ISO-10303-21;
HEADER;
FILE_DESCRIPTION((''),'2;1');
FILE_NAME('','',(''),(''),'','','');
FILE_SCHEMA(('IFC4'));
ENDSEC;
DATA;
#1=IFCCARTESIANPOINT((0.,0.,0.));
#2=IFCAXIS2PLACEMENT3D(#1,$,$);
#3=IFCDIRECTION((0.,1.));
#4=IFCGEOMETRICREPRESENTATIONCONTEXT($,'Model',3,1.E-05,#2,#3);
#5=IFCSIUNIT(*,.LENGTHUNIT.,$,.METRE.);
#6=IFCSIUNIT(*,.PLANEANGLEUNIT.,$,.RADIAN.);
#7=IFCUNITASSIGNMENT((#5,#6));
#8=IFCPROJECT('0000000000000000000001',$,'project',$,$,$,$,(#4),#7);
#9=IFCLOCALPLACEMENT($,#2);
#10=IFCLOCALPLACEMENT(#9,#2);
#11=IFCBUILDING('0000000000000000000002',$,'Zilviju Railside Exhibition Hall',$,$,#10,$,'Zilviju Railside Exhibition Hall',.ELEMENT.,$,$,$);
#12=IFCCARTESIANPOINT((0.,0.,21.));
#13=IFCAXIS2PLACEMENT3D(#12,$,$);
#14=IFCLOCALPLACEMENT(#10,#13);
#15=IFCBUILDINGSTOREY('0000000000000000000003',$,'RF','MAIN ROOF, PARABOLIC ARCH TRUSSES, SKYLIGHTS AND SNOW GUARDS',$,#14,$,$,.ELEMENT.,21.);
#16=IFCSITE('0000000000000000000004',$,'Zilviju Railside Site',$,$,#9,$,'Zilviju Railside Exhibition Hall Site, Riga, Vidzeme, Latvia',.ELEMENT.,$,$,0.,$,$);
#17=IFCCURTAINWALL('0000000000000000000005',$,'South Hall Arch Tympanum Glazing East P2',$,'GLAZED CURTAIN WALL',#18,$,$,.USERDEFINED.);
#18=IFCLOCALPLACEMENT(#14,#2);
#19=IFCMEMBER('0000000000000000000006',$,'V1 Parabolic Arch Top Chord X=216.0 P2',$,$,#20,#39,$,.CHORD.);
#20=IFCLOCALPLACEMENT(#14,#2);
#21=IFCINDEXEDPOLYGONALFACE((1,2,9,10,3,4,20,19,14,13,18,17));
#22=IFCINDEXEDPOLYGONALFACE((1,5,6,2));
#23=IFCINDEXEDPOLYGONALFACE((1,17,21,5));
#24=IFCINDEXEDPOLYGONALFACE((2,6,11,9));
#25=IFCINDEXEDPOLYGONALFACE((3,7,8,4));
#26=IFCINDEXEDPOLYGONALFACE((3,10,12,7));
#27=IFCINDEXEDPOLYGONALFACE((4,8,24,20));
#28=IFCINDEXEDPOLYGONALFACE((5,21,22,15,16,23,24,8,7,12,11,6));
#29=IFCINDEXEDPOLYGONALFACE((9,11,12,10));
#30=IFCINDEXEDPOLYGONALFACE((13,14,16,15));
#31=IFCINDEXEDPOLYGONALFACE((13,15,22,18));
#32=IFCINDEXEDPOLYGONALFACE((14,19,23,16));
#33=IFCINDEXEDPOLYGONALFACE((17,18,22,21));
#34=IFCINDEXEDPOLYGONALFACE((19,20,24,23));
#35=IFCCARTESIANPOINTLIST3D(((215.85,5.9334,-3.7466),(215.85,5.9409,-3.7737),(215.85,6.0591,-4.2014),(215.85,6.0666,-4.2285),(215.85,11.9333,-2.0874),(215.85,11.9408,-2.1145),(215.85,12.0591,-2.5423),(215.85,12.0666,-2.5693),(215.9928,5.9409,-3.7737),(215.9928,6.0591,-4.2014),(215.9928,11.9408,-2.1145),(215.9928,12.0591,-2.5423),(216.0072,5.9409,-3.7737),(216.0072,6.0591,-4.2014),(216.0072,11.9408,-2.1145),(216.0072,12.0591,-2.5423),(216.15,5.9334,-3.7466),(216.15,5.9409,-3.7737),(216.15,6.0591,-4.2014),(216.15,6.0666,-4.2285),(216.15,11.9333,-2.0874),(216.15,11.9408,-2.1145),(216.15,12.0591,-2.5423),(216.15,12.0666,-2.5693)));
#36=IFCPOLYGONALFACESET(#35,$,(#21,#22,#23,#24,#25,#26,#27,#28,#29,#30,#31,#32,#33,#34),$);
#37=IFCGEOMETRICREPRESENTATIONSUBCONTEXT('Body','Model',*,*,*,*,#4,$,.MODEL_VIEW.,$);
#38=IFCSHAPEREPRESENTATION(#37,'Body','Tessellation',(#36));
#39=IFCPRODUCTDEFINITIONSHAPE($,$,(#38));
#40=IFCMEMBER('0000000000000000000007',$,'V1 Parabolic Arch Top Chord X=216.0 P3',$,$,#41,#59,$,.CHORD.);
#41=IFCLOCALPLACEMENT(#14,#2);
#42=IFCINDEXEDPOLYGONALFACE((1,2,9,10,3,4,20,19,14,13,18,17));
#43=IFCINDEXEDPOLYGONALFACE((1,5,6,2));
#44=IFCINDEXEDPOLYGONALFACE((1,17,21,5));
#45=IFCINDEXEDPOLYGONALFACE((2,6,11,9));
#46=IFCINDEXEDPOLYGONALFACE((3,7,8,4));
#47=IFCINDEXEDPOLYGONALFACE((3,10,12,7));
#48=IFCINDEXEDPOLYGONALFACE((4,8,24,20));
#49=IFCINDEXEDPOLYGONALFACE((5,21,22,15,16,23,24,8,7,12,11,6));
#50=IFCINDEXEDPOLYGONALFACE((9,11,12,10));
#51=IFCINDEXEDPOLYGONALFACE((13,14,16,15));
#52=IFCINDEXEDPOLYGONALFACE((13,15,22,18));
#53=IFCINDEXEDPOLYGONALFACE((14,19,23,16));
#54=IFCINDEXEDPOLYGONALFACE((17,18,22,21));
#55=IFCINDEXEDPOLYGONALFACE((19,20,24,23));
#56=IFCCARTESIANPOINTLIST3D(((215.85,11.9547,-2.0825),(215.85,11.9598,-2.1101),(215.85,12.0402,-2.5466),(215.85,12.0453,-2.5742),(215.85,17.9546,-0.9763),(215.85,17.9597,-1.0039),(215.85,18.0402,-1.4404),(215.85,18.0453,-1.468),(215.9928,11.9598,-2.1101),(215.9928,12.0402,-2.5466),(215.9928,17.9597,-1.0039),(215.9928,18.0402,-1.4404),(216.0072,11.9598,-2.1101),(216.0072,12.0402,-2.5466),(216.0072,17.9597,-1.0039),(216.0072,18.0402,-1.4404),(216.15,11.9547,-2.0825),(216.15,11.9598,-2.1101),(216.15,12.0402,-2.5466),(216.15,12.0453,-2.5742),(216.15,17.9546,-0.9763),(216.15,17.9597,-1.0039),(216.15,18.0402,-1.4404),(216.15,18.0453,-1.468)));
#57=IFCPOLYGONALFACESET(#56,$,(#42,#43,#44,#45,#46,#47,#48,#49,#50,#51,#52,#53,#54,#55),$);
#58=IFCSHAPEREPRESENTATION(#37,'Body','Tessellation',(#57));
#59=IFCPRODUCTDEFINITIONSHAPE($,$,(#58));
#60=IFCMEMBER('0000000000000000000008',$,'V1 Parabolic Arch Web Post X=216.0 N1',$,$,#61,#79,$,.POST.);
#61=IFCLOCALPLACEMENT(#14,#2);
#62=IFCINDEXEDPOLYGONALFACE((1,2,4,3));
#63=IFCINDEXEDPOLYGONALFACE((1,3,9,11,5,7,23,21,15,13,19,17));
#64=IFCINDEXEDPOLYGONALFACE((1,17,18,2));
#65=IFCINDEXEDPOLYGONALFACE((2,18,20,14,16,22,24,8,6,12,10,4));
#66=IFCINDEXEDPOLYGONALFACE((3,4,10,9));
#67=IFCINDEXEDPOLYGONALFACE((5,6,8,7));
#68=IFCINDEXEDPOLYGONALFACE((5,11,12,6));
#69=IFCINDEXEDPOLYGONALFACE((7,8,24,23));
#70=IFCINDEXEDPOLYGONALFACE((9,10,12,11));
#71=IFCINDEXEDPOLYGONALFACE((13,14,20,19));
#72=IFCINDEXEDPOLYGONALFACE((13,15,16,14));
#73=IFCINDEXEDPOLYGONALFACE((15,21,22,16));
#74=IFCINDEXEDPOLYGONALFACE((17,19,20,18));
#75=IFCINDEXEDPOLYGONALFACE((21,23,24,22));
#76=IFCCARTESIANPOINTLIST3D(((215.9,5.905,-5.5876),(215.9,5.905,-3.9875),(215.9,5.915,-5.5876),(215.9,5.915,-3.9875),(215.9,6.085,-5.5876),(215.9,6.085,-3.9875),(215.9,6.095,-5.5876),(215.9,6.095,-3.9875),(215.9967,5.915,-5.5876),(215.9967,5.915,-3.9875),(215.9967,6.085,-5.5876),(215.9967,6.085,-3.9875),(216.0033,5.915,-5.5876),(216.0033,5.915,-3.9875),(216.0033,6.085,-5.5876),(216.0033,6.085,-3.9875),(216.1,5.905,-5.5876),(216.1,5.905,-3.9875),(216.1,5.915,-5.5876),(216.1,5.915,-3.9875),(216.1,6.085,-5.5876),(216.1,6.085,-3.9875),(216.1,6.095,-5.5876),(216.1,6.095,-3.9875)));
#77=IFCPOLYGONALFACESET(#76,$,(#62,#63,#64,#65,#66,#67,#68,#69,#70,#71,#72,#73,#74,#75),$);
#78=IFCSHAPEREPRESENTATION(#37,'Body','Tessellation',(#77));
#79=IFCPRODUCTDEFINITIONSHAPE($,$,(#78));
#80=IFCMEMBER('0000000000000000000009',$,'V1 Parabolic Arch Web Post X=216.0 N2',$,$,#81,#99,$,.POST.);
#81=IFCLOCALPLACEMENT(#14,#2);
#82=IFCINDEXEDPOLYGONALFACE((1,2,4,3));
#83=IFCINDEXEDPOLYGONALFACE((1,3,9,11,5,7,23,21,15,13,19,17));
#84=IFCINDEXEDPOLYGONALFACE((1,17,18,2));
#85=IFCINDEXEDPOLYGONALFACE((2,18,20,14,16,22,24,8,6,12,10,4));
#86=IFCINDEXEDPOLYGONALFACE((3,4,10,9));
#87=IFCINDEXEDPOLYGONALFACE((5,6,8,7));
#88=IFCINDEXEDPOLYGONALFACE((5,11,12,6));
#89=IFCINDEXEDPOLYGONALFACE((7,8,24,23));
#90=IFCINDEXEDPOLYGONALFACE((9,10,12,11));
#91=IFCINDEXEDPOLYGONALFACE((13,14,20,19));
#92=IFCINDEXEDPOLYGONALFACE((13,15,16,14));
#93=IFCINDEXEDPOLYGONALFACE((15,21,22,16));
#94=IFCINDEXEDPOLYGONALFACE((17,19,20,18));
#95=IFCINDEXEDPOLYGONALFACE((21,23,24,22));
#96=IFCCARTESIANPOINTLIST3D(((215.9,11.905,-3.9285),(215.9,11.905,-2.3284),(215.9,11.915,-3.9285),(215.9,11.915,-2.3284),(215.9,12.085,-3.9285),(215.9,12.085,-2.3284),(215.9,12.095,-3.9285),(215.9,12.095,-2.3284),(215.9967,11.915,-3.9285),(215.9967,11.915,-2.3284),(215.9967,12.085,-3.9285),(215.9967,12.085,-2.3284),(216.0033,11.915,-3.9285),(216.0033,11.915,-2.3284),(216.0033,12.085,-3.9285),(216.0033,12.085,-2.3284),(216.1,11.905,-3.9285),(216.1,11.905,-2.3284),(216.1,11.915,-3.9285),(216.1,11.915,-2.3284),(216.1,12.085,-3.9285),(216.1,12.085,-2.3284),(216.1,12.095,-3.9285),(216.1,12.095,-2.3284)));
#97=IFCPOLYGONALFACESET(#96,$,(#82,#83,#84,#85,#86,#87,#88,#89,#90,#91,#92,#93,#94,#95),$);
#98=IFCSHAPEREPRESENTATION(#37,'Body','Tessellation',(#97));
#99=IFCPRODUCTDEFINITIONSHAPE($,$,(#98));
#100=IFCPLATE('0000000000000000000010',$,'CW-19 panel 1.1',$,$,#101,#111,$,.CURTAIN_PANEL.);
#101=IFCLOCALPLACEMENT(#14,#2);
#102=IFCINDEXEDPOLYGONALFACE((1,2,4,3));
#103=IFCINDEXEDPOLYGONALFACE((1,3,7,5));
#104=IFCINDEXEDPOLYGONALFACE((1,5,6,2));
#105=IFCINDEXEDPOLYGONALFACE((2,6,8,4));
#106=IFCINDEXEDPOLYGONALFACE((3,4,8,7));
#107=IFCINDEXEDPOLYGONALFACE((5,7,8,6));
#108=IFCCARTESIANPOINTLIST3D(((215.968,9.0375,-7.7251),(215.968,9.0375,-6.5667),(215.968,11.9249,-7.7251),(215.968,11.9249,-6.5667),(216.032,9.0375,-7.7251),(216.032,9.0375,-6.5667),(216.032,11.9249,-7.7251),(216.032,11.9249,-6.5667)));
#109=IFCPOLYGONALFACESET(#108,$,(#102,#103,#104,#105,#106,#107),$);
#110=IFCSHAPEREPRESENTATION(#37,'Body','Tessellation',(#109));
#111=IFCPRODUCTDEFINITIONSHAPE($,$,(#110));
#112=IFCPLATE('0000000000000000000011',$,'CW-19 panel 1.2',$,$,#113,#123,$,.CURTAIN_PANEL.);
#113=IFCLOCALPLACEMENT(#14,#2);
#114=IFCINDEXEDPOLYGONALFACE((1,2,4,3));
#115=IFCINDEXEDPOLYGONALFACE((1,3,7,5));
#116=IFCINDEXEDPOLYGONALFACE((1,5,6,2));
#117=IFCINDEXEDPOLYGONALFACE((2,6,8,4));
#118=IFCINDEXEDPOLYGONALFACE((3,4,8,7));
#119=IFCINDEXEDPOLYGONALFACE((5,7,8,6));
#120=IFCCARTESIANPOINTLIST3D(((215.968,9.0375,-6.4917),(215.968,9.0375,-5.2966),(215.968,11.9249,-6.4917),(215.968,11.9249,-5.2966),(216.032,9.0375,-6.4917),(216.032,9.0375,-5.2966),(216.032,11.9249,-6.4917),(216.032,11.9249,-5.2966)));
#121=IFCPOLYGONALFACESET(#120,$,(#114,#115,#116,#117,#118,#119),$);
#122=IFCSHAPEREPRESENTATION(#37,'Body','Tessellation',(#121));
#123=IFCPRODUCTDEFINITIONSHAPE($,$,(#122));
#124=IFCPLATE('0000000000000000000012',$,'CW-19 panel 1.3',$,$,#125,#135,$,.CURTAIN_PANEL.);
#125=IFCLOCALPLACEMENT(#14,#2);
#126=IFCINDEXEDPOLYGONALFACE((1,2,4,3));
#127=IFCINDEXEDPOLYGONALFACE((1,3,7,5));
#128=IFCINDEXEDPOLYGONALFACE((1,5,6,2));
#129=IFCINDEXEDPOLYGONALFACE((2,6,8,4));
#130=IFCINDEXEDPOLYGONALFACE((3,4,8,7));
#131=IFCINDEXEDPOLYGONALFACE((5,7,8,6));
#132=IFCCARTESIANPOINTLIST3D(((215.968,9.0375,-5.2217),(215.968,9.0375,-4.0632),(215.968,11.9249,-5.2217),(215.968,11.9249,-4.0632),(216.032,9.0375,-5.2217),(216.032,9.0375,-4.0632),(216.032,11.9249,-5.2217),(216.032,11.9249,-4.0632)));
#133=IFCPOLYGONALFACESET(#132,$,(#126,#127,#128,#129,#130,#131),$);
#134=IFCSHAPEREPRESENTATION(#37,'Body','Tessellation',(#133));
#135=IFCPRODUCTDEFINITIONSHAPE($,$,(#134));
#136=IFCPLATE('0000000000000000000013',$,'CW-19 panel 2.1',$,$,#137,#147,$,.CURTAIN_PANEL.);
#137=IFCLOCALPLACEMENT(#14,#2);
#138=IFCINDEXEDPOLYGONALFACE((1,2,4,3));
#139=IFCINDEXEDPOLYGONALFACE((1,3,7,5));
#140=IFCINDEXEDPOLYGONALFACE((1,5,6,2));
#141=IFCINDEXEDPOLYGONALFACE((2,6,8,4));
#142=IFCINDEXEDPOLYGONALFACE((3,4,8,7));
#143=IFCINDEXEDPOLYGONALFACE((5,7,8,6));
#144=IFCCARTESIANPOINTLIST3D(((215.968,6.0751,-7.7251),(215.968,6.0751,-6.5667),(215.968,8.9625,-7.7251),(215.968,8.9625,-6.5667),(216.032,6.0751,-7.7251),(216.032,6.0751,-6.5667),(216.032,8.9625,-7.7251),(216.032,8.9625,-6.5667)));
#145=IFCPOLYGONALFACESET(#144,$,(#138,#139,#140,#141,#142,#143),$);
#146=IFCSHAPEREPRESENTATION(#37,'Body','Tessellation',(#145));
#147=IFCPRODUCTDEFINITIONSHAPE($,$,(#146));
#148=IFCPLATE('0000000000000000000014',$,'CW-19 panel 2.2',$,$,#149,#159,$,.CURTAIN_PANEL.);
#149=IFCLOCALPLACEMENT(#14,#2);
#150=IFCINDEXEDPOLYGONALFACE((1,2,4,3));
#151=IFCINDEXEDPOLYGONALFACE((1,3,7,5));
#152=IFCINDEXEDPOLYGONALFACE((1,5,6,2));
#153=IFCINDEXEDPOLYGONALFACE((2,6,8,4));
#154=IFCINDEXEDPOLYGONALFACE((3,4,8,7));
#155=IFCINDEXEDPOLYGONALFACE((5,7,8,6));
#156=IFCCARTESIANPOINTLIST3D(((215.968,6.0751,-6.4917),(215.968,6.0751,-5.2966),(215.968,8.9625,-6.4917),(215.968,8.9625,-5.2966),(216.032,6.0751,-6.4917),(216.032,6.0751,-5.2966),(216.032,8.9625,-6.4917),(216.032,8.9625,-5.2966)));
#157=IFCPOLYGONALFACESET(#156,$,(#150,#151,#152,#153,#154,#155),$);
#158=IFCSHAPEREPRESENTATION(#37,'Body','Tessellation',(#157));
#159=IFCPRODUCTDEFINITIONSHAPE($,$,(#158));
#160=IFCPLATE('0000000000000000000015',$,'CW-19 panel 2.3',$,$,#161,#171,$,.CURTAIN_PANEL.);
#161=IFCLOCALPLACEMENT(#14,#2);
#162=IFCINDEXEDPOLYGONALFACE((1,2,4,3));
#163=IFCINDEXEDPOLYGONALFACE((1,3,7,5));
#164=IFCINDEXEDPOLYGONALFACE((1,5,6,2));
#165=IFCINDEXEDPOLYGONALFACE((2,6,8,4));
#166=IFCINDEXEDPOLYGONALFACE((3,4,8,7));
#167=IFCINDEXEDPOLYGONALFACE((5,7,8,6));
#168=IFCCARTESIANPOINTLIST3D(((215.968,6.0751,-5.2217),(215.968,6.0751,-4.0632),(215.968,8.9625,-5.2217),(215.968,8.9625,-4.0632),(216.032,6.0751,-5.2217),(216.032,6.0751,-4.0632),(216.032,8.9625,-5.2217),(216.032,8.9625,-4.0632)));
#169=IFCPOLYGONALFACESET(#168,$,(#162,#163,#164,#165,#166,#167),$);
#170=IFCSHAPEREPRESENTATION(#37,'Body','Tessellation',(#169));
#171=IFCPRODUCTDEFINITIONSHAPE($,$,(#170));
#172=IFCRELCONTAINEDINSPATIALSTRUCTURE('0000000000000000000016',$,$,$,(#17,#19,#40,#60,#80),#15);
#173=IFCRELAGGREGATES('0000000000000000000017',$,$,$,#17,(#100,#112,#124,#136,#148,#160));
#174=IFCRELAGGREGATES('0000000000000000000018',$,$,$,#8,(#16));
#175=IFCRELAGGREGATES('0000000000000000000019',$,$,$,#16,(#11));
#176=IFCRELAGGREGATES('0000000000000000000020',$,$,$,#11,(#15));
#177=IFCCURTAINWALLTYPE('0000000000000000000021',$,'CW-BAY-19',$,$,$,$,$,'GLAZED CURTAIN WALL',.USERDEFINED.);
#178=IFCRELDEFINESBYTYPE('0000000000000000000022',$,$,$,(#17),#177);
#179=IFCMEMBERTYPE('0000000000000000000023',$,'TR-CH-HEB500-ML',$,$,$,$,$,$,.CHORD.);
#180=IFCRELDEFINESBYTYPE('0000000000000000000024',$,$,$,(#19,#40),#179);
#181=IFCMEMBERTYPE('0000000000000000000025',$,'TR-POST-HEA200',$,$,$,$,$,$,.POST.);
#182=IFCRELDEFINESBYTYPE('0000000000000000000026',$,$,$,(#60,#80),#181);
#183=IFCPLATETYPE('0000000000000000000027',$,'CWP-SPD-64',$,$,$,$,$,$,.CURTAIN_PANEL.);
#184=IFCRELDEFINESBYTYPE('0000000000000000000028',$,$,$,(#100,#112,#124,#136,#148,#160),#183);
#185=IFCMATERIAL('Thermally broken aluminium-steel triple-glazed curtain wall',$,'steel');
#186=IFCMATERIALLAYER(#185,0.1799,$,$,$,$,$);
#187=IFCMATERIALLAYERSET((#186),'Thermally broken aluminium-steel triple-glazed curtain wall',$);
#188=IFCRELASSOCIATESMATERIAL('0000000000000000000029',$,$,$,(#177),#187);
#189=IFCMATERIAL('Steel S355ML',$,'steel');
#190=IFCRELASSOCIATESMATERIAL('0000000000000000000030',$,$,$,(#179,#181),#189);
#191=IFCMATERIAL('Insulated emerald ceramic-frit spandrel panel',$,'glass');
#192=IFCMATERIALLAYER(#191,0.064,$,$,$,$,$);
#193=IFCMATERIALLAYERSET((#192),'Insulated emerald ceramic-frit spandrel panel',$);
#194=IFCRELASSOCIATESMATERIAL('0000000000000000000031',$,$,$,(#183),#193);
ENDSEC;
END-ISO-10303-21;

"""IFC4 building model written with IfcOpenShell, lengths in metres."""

from ifc_helpers import new_model, si_unit, direction, frame, origin, origin_2d, place, context, subcontext, project, spatial, rectangle, i_section, extrude, material, layer, layer_set, material_profile, profile_set, type_object, element, aggregate, save


model = new_model("IFC4")

# Units and contexts
model_context = context("Model", 3, precision=1e-05, world=origin(), true_north=direction((0.0, 1.0)))
body_context = subcontext(model_context, "Body", "Model", "MODEL_VIEW")
ifc_project = project(units=[si_unit("LENGTHUNIT", "METRE"), si_unit("PLANEANGLEUNIT", "RADIAN")], contexts=[model_context])

# Site, building, storey
site_placement = place(None, origin())
site = spatial("IfcSite", under=ifc_project, at=site_placement, Name="Zilviju Railside Site", LongName="Zilviju Railside Exhibition Hall Site, Riga, Vidzeme, Latvia", CompositionType="ELEMENT", RefElevation=0.0)
building_placement = place(site_placement, origin())
building = spatial("IfcBuilding", under=site, at=building_placement, Name="Zilviju Railside Exhibition Hall", LongName="Zilviju Railside Exhibition Hall", CompositionType="ELEMENT")
storey_placement = place(building_placement, frame((0.0, 0.0, 21.0)))
storey = spatial("IfcBuildingStorey", under=building, at=storey_placement, Name="RF", Description="MAIN ROOF, PARABOLIC ARCH TRUSSES, SKYLIGHTS AND SNOW GUARDS", CompositionType="ELEMENT", Elevation=21.0)

# Shared definitions
ifc_material_1 = material(Name="Thermally broken aluminium-steel triple-glazed curtain wall", Category="steel")

# Curtain wall
ifc_layer_1 = layer(ifc_material_1, 0.1799)
ifc_layer_set_1 = layer_set([ifc_layer_1], Name="Thermally broken aluminium-steel triple-glazed curtain wall")
curtain_wall_type_1 = type_object("IfcCurtainWallType", Name="CW-BAY-19", ElementType="GLAZED CURTAIN WALL", PredefinedType="USERDEFINED", material=ifc_layer_set_1)
curtain_wall_1_placement = place(storey_placement, origin())
curtain_wall_1 = element("IfcCurtainWall", 1, at=curtain_wall_1_placement, inside=storey, type_object=curtain_wall_type_1, Name="South Hall Arch Tympanum Glazing East P2", ObjectType="GLAZED CURTAIN WALL", PredefinedType="USERDEFINED")

# Members
ifc_material_2 = material(Name="Steel S355ML", Category="steel")
ifc_material_profile_1 = material_profile(ifc_material_2, i_section(OverallWidth=0.3, OverallDepth=0.5, WebThickness=0.0144, FlangeThickness=0.0281, at=origin_2d()), Name="HEB 500")
ifc_profile_set_1 = profile_set([ifc_material_profile_1], Name="Steel S355ML")
member_type_1 = type_object("IfcMemberType", Name="TR-CH-HEB500-ML", PredefinedType="CHORD", material=ifc_profile_set_1)
member_1_placement = place(storey_placement, frame((216.0, 6.0, -3.9875), z_axis=(0.0, 0.963827, 0.266527), x_axis=(-1.0, 0.0, 0.0)))
element("IfcMember", 2, at=member_1_placement, inside=storey, type_object=member_type_1, Name="V1 Parabolic Arch Top Chord X=216.0 P2", PredefinedType="CHORD", context=body_context, shape_type="SweptSolid", body=[
    extrude(i_section(OverallWidth=0.3, OverallDepth=0.5, WebThickness=0.0144, FlangeThickness=0.0281, at=origin_2d()), origin(), (0.0, 0.0, 1.0), 6.2251),
])
member_2_placement = place(storey_placement, frame((216.0, 12.0, -2.3284), z_axis=(0.0, 0.983426, 0.181311), x_axis=(-1.0, 0.0, 0.0)))
element("IfcMember", 3, at=member_2_placement, inside=storey, type_object=member_type_1, Name="V1 Parabolic Arch Top Chord X=216.0 P3", PredefinedType="CHORD", context=body_context, shape_type="SweptSolid", body=[
    extrude(i_section(OverallWidth=0.3, OverallDepth=0.5, WebThickness=0.0144, FlangeThickness=0.0281, at=origin_2d()), origin(), (0.0, 0.0, 1.0), 6.1011),
])
ifc_material_profile_2 = material_profile(ifc_material_2, i_section(OverallWidth=0.2, OverallDepth=0.1899, WebThickness=0.0066, FlangeThickness=0.01, at=origin_2d()), Name="HEA 200")
ifc_profile_set_2 = profile_set([ifc_material_profile_2], Name="Steel S355ML")
member_type_2 = type_object("IfcMemberType", Name="TR-POST-HEA200", PredefinedType="POST", material=ifc_profile_set_2)
for number, where, z_axis, x_axis, name in (
    (4, (216.0, 6.0, -5.5876), (0.0, 0.0, 1.0), (1.0, 0.0, 0.0), "V1 Parabolic Arch Web Post X=216.0 N1"),
    (5, (216.0, 12.0, -3.9285), (0.0, 0.0, 1.0), (1.0, 0.0, 0.0), "V1 Parabolic Arch Web Post X=216.0 N2"),
):
    element("IfcMember", number, at=place(storey_placement, frame(where, z_axis=z_axis, x_axis=x_axis)), inside=storey, type_object=member_type_2, Name=name, PredefinedType="POST", context=body_context, shape_type="SweptSolid", body=[
        extrude(i_section(OverallWidth=0.2, OverallDepth=0.1899, WebThickness=0.0066, FlangeThickness=0.01, at=origin_2d()), origin(), (0.0, 0.0, 1.0), 1.6001),
    ])

# Plates
ifc_material_3 = material(Name="Insulated emerald ceramic-frit spandrel panel", Category="glass")
ifc_layer_2 = layer(ifc_material_3, 0.064)
ifc_layer_set_2 = layer_set([ifc_layer_2], Name="Insulated emerald ceramic-frit spandrel panel")
plate_type = type_object("IfcPlateType", Name="CWP-SPD-64", PredefinedType="CURTAIN_PANEL", material=ifc_layer_set_2)
plate_1_placement = place(storey_placement, frame((216.0, 10.4812, -7.7251), z_axis=(0.0, 0.0, 1.0), x_axis=(0.0, -1.0, 0.0)))
plate_1 = element("IfcPlate", 6, at=plate_1_placement, type_object=plate_type, Name="CW-19 panel 1.1", PredefinedType="CURTAIN_PANEL", context=body_context, shape_type="SweptSolid", body=[
    extrude(rectangle(XDim=2.8875, YDim=0.064, at=origin_2d()), origin(), (0.0, 0.0, 1.0), 1.1584),
])
plate_2_placement = place(storey_placement, frame((216.0, 10.4812, -6.4917), z_axis=(0.0, 0.0, 1.0), x_axis=(0.0, -1.0, 0.0)))
plate_2 = element("IfcPlate", 7, at=plate_2_placement, type_object=plate_type, Name="CW-19 panel 1.2", PredefinedType="CURTAIN_PANEL", context=body_context, shape_type="SweptSolid", body=[
    extrude(rectangle(XDim=2.8875, YDim=0.064, at=origin_2d()), origin(), (0.0, 0.0, 1.0), 1.1951),
])
plate_3_placement = place(storey_placement, frame((216.0, 10.4812, -5.2217), z_axis=(0.0, 0.0, 1.0), x_axis=(0.0, -1.0, 0.0)))
plate_3 = element("IfcPlate", 8, at=plate_3_placement, type_object=plate_type, Name="CW-19 panel 1.3", PredefinedType="CURTAIN_PANEL", context=body_context, shape_type="SweptSolid", body=[
    extrude(rectangle(XDim=2.8875, YDim=0.064, at=origin_2d()), origin(), (0.0, 0.0, 1.0), 1.1584),
])
plate_4_placement = place(storey_placement, frame((216.0, 7.5188, -7.7251), z_axis=(0.0, 0.0, 1.0), x_axis=(0.0, -1.0, 0.0)))
plate_4 = element("IfcPlate", 9, at=plate_4_placement, type_object=plate_type, Name="CW-19 panel 2.1", PredefinedType="CURTAIN_PANEL", context=body_context, shape_type="SweptSolid", body=[
    extrude(rectangle(XDim=2.8875, YDim=0.064, at=origin_2d()), origin(), (0.0, 0.0, 1.0), 1.1584),
])
plate_5_placement = place(storey_placement, frame((216.0, 7.5188, -6.4917), z_axis=(0.0, 0.0, 1.0), x_axis=(0.0, -1.0, 0.0)))
plate_5 = element("IfcPlate", 10, at=plate_5_placement, type_object=plate_type, Name="CW-19 panel 2.2", PredefinedType="CURTAIN_PANEL", context=body_context, shape_type="SweptSolid", body=[
    extrude(rectangle(XDim=2.8875, YDim=0.064, at=origin_2d()), origin(), (0.0, 0.0, 1.0), 1.1951),
])
plate_6_placement = place(storey_placement, frame((216.0, 7.5188, -5.2217), z_axis=(0.0, 0.0, 1.0), x_axis=(0.0, -1.0, 0.0)))
plate_6 = element("IfcPlate", 11, at=plate_6_placement, type_object=plate_type, Name="CW-19 panel 2.3", PredefinedType="CURTAIN_PANEL", context=body_context, shape_type="SweptSolid", body=[
    extrude(rectangle(XDim=2.8875, YDim=0.064, at=origin_2d()), origin(), (0.0, 0.0, 1.0), 1.1584),
])
aggregate(curtain_wall_1, [plate_1, plate_2, plate_3, plate_4, plate_5, plate_6])

save(model, "model.ifc")
